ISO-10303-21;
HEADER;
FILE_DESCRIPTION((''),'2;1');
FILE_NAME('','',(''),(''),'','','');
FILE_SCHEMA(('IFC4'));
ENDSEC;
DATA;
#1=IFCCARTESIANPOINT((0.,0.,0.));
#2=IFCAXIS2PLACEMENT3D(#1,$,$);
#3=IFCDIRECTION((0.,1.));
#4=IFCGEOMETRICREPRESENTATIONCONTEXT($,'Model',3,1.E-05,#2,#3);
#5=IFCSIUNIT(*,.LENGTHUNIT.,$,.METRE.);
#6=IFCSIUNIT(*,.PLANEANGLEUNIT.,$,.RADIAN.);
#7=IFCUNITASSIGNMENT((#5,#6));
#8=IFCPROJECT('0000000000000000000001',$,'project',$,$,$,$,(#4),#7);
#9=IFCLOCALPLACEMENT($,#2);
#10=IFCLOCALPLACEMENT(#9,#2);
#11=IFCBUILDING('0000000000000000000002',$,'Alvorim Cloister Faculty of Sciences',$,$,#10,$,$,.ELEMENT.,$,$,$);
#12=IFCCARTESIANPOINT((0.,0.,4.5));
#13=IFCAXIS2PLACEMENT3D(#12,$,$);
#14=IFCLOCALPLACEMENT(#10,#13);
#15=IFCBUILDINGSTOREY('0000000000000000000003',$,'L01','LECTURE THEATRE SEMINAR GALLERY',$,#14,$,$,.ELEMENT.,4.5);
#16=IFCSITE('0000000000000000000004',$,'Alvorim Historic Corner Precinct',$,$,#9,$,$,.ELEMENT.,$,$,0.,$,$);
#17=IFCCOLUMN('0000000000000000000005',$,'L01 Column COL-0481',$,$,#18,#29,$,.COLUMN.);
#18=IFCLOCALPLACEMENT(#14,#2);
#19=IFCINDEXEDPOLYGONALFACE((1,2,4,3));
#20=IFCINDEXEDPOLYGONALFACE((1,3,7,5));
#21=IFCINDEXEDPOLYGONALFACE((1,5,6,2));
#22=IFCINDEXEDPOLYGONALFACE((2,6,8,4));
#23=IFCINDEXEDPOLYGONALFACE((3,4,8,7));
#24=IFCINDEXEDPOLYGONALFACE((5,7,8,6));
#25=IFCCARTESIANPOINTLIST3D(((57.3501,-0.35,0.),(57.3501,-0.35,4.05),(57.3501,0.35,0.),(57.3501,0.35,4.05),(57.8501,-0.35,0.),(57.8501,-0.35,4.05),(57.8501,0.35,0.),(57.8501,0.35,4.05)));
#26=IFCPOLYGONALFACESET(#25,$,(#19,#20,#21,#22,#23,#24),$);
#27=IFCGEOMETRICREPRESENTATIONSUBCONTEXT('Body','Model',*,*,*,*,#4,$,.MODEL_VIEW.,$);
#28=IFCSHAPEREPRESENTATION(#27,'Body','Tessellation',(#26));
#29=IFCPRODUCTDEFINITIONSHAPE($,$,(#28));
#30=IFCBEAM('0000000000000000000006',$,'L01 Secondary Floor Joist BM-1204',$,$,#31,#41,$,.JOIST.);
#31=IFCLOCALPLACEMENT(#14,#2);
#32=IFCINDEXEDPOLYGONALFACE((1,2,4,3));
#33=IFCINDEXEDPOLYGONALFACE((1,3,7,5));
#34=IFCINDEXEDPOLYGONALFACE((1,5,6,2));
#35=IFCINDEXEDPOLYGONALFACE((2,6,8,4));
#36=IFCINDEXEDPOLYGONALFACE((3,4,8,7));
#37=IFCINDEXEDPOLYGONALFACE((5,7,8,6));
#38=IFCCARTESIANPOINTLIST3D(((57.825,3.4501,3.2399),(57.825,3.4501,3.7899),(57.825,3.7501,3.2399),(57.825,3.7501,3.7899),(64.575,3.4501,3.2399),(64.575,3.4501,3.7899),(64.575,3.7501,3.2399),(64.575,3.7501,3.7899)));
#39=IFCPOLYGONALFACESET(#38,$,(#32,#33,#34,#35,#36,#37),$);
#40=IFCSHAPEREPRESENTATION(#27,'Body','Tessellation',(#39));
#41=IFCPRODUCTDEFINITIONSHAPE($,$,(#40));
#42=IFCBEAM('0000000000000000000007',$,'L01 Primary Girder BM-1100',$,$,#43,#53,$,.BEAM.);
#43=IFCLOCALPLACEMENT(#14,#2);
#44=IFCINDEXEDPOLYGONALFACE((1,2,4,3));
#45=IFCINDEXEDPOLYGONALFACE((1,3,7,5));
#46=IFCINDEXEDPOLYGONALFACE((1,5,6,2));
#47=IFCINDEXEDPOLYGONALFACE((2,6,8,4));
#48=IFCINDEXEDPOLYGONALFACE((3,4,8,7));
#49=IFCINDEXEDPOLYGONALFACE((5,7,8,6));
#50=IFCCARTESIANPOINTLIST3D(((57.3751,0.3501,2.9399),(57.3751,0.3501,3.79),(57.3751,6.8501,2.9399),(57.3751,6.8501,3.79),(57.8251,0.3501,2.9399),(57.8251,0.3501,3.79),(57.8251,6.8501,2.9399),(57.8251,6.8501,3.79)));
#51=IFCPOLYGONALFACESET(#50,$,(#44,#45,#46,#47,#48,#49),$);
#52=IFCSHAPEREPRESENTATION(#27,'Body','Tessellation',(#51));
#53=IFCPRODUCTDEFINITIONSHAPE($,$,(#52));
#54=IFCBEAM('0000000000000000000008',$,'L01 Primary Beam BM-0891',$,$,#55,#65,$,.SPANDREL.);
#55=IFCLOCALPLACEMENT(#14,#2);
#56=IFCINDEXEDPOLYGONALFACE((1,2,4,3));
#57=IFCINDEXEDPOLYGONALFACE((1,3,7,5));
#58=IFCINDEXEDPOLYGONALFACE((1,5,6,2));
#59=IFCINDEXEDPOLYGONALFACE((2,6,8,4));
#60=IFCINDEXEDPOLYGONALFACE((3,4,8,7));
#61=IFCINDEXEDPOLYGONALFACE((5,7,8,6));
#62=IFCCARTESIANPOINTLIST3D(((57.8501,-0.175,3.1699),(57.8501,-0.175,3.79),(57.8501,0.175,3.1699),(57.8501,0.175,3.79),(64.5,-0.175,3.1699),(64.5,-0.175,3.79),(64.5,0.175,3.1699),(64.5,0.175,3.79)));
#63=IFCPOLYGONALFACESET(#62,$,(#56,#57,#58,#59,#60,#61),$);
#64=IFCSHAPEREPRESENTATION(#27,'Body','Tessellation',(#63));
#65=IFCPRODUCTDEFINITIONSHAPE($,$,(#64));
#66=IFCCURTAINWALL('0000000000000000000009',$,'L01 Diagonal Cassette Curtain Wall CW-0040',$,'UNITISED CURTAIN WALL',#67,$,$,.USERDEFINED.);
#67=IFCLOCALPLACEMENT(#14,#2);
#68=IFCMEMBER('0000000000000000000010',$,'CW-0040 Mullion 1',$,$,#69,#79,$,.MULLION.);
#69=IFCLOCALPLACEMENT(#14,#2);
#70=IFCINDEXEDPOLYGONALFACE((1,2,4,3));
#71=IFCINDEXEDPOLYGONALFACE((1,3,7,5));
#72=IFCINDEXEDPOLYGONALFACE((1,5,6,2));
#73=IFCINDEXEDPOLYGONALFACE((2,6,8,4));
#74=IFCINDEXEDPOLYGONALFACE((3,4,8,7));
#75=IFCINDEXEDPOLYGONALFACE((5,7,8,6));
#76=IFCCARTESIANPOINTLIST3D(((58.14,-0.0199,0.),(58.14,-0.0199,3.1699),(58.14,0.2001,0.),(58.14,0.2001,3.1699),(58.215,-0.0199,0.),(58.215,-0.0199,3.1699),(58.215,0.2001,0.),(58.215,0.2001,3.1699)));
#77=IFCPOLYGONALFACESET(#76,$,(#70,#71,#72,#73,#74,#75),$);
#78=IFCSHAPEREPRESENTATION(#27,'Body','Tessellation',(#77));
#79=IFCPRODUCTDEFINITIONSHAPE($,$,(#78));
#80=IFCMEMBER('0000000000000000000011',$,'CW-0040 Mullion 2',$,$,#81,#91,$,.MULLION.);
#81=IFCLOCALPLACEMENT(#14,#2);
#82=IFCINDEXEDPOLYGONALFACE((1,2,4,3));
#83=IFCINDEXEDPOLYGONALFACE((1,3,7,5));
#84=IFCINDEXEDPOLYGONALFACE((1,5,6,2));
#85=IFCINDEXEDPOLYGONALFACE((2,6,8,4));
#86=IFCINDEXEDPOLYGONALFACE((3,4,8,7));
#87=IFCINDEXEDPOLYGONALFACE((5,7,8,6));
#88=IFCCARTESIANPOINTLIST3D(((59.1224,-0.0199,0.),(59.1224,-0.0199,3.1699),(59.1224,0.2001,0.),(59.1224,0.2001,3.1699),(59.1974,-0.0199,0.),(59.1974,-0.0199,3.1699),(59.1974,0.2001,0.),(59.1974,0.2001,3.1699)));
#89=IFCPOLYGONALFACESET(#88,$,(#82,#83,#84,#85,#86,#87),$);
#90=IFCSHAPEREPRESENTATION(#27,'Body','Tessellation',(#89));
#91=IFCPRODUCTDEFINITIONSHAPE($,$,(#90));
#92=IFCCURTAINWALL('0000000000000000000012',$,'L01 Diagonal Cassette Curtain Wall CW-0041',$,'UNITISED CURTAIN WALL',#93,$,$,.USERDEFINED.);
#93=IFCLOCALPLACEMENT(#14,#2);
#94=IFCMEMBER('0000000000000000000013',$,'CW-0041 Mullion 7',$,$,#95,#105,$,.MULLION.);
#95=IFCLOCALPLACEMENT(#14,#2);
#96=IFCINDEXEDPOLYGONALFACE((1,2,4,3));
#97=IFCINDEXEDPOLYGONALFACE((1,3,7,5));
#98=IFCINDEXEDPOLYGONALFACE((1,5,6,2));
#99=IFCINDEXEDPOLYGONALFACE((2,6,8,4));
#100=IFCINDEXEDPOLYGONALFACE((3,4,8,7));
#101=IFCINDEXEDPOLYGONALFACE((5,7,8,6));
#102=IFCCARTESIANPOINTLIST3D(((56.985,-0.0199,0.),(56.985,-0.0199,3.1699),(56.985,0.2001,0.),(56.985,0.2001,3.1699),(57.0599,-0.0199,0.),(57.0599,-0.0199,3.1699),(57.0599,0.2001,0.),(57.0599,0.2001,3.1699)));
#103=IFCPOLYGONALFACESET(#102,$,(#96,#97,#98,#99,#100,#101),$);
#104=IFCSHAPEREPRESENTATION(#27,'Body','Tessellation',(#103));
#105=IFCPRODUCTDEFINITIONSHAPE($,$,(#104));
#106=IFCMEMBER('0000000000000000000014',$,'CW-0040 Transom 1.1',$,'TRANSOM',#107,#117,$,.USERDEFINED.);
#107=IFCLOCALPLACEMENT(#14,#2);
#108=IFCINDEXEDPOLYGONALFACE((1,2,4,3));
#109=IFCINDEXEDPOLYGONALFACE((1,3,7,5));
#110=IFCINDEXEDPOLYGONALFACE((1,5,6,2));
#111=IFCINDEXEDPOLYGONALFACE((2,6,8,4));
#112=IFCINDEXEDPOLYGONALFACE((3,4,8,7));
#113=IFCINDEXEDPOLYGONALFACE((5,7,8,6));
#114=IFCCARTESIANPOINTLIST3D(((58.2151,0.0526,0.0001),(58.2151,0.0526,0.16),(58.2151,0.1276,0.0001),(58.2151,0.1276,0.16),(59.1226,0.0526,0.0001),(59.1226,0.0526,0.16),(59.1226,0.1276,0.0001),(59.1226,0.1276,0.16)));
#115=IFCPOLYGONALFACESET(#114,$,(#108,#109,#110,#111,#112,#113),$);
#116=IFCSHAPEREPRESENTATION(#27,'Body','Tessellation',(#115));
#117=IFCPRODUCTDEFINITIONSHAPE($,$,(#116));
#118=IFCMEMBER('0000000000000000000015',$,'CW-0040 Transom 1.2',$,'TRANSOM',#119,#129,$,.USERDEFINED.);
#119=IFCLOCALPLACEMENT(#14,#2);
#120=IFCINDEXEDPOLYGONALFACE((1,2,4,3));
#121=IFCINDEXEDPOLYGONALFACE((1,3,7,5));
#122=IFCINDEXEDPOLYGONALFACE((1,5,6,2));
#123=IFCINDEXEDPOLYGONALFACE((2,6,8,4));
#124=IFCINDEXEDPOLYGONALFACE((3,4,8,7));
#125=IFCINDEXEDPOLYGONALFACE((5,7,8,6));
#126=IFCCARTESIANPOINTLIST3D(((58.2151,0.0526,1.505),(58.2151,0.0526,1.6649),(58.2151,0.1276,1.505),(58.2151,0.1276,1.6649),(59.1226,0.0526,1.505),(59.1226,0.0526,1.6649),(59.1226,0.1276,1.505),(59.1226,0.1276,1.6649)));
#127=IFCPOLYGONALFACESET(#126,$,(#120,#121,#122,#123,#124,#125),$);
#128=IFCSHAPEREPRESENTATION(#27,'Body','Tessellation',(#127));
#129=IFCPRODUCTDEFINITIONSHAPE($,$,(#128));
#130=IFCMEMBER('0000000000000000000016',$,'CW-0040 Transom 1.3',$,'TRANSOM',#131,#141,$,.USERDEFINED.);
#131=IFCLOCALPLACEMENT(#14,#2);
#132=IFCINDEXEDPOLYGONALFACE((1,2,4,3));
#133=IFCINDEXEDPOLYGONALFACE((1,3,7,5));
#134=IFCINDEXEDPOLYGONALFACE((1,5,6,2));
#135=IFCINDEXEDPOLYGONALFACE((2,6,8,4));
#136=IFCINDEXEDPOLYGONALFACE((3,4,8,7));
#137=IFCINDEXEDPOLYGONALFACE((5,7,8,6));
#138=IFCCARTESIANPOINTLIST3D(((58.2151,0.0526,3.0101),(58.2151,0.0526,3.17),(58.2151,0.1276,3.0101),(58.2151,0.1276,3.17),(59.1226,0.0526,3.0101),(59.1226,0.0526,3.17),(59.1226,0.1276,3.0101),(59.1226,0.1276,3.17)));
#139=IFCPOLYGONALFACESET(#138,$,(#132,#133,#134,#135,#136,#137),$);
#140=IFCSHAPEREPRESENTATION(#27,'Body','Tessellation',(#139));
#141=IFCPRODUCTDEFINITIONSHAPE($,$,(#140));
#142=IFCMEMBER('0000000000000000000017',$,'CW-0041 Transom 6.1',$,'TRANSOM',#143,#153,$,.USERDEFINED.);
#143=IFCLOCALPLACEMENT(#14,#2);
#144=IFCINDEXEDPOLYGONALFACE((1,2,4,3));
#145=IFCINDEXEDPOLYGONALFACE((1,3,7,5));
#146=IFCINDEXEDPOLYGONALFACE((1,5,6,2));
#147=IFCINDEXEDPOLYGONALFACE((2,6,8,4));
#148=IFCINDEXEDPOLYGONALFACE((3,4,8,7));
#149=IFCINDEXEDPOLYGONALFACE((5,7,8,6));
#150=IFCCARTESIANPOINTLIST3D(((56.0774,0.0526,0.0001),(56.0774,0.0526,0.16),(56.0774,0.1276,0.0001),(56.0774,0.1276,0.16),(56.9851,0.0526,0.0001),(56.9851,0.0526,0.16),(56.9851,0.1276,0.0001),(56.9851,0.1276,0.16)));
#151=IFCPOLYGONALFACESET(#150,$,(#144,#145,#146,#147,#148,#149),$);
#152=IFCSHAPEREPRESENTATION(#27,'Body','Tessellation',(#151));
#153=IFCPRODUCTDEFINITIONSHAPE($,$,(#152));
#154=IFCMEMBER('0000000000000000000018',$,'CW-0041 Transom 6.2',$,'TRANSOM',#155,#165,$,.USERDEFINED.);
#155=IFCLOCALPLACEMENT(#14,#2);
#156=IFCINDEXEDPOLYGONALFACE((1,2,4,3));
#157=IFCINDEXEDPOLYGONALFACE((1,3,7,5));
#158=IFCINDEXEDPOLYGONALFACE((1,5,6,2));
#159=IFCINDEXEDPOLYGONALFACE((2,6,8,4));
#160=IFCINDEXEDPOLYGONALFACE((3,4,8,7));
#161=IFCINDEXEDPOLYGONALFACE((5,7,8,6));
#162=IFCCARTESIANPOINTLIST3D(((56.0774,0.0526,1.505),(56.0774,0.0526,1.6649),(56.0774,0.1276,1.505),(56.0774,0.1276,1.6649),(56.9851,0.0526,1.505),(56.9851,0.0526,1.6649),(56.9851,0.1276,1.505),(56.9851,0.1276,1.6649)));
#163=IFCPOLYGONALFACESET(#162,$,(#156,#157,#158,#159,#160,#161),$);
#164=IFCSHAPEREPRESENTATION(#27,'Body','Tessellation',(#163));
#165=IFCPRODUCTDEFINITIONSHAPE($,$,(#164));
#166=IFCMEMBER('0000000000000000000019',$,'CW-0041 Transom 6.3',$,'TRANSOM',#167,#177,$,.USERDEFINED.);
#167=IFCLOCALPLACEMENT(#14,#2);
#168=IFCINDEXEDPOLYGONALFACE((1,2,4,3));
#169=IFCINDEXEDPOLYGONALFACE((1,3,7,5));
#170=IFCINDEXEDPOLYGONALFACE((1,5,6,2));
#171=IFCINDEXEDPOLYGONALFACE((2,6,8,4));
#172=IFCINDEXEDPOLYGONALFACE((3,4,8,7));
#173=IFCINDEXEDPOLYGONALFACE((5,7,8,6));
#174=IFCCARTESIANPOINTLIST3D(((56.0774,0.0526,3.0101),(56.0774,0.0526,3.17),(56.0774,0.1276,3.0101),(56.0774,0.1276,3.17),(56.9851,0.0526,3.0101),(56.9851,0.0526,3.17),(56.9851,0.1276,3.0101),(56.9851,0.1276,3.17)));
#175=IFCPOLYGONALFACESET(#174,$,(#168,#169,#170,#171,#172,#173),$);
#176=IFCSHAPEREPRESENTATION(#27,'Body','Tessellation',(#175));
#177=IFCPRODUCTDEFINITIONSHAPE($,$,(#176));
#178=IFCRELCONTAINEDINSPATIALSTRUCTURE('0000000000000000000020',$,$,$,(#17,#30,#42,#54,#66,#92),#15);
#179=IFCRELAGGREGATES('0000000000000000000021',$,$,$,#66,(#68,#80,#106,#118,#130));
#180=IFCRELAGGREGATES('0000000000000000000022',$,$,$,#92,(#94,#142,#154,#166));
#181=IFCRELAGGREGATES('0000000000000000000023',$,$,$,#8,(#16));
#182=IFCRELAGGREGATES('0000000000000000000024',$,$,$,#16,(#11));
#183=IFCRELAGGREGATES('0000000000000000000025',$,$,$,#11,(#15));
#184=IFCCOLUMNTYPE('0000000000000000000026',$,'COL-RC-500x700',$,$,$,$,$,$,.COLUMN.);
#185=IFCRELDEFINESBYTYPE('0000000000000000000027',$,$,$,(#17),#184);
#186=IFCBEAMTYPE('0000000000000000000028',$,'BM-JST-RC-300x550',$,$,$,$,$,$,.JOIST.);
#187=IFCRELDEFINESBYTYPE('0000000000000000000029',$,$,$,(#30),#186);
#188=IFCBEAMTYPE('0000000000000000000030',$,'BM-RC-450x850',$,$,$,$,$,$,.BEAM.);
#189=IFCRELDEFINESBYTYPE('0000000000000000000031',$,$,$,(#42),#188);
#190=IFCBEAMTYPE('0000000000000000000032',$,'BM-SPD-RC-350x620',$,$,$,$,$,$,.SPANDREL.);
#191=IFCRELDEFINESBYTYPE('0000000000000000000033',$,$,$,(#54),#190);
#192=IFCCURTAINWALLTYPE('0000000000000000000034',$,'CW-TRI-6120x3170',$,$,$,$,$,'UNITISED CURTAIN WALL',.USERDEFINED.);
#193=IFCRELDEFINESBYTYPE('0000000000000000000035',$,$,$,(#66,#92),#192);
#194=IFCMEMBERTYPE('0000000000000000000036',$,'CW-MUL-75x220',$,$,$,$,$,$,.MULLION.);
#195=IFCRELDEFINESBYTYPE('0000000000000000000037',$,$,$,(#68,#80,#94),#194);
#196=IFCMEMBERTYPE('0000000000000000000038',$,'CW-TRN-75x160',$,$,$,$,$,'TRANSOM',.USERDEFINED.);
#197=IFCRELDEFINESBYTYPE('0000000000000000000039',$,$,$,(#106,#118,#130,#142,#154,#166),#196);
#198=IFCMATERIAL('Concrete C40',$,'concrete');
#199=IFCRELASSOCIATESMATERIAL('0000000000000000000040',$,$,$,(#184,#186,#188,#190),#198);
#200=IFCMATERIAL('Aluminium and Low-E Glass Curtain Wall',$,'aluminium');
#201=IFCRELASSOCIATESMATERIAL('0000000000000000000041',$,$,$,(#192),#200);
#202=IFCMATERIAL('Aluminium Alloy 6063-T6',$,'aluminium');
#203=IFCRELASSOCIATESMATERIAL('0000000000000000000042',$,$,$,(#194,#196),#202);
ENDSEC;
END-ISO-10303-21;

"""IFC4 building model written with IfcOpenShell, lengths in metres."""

from ifc_helpers import new_model, si_unit, direction, frame, origin, origin_2d, place, context, subcontext, project, spatial, rectangle, extrude, material, material_profile, profile_set, type_object, element, aggregate, save


model = new_model("IFC4")

# Units and contexts
model_context = context("Model", 3, precision=1e-05, world=origin(), true_north=direction((0.0, 1.0)))
body_context = subcontext(model_context, "Body", "Model", "MODEL_VIEW")
ifc_project = project(units=[si_unit("LENGTHUNIT", "METRE"), si_unit("PLANEANGLEUNIT", "RADIAN")], contexts=[model_context])

# Site, building, storey
site_placement = place(None, origin())
site = spatial("IfcSite", under=ifc_project, at=site_placement, Name="Alvorim Historic Corner Precinct", CompositionType="ELEMENT", RefElevation=0.0)
building_placement = place(site_placement, origin())
building = spatial("IfcBuilding", under=site, at=building_placement, Name="Alvorim Cloister Faculty of Sciences", CompositionType="ELEMENT")
storey_placement = place(building_placement, frame((0.0, 0.0, 4.5)))
storey = spatial("IfcBuildingStorey", under=building, at=storey_placement, Name="L01", Description="LECTURE THEATRE SEMINAR GALLERY", CompositionType="ELEMENT", Elevation=4.5)

# Column
ifc_material_1 = material(Name="Concrete C40", Category="concrete")
ifc_material_profile_1 = material_profile(ifc_material_1, rectangle(XDim=0.5, YDim=0.7, at=origin_2d()), Name="RC40-COL-500x700")
ifc_profile_set_1 = profile_set([ifc_material_profile_1], Name="Concrete C40")
column_type = type_object("IfcColumnType", Name="COL-RC-500x700", PredefinedType="COLUMN", material=ifc_profile_set_1)
column_placement = place(storey_placement, frame((57.6001, 0.0, 0.0), z_axis=(0.0, 0.0, 1.0), x_axis=(1.0, 0.0, 0.0)))
element("IfcColumn", 1, at=column_placement, inside=storey, type_object=column_type, Name="L01 Column COL-0481", PredefinedType="COLUMN", context=body_context, shape_type="SweptSolid", body=[
    extrude(rectangle(XDim=0.5, YDim=0.7, at=origin_2d()), origin(), (0.0, 0.0, 1.0), 4.05),
])

# Beams
ifc_material_profile_2 = material_profile(ifc_material_1, rectangle(XDim=0.3, YDim=0.55, at=origin_2d()), Name="RC40-JST-300x550")
ifc_profile_set_2 = profile_set([ifc_material_profile_2], Name="Concrete C40")
beam_type_1 = type_object("IfcBeamType", Name="BM-JST-RC-300x550", PredefinedType="JOIST", material=ifc_profile_set_2)
beam_1_placement = place(storey_placement, frame((57.825, 3.6001, 3.5149), z_axis=(1.0, 0.0, 0.0), x_axis=(0.0, 1.0, 0.0)))
element("IfcBeam", 2, at=beam_1_placement, inside=storey, type_object=beam_type_1, Name="L01 Secondary Floor Joist BM-1204", PredefinedType="JOIST", context=body_context, shape_type="SweptSolid", body=[
    extrude(rectangle(XDim=0.3, YDim=0.55, at=origin_2d()), origin(), (0.0, 0.0, 1.0), 6.75),
])
ifc_material_profile_3 = material_profile(ifc_material_1, rectangle(XDim=0.45, YDim=0.8501, at=origin_2d()), Name="RC40-BM-450x850")
ifc_profile_set_3 = profile_set([ifc_material_profile_3], Name="Concrete C40")
beam_type_2 = type_object("IfcBeamType", Name="BM-RC-450x850", PredefinedType="BEAM", material=ifc_profile_set_3)
beam_2_placement = place(storey_placement, frame((57.6001, 0.3501, 3.365), z_axis=(0.0, 1.0, 0.0), x_axis=(-1.0, 0.0, 0.0)))
element("IfcBeam", 3, at=beam_2_placement, inside=storey, type_object=beam_type_2, Name="L01 Primary Girder BM-1100", PredefinedType="BEAM", context=body_context, shape_type="SweptSolid", body=[
    extrude(rectangle(XDim=0.45, YDim=0.8501, at=origin_2d()), origin(), (0.0, 0.0, 1.0), 6.5),
])
ifc_material_profile_4 = material_profile(ifc_material_1, rectangle(XDim=0.3501, YDim=0.6201, at=origin_2d()), Name="RC40-SPD-350x620")
ifc_profile_set_4 = profile_set([ifc_material_profile_4], Name="Concrete C40")
beam_type_3 = type_object("IfcBeamType", Name="BM-SPD-RC-350x620", PredefinedType="SPANDREL", material=ifc_profile_set_4)
beam_3_placement = place(storey_placement, frame((57.8501, 0.0, 3.48), z_axis=(1.0, 0.0, 0.0), x_axis=(0.0, 1.0, 0.0)))
element("IfcBeam", 4, at=beam_3_placement, inside=storey, type_object=beam_type_3, Name="L01 Primary Beam BM-0891", PredefinedType="SPANDREL", context=body_context, shape_type="SweptSolid", body=[
    extrude(rectangle(XDim=0.3501, YDim=0.6201, at=origin_2d()), origin(), (0.0, 0.0, 1.0), 6.6499),
])

# Curtain wall, members
ifc_material_2 = material(Name="Aluminium and Low-E Glass Curtain Wall", Category="aluminium")
curtain_wall_type = type_object("IfcCurtainWallType", Name="CW-TRI-6120x3170", ElementType="UNITISED CURTAIN WALL", PredefinedType="USERDEFINED", material=ifc_material_2)
curtain_wall_1_placement = place(storey_placement, origin())
curtain_wall_1 = element("IfcCurtainWall", 5, at=curtain_wall_1_placement, inside=storey, type_object=curtain_wall_type, Name="L01 Diagonal Cassette Curtain Wall CW-0040", ObjectType="UNITISED CURTAIN WALL", PredefinedType="USERDEFINED")
ifc_material_3 = material(Name="Aluminium Alloy 6063-T6", Category="aluminium")
ifc_material_profile_5 = material_profile(ifc_material_3, rectangle(XDim=0.075, YDim=0.22, at=origin_2d()), Name="ALU-MUL-75x220")
ifc_profile_set_5 = profile_set([ifc_material_profile_5], Name="Aluminium Alloy 6063-T6")
member_type_1 = type_object("IfcMemberType", Name="CW-MUL-75x220", PredefinedType="MULLION", material=ifc_profile_set_5)
member_1_placement = place(storey_placement, frame((58.1775, 0.0901, 0.0), z_axis=(0.0, 0.0, 1.0), x_axis=(1.0, 0.0, 0.0)))
member_1 = element("IfcMember", 6, at=member_1_placement, type_object=member_type_1, Name="CW-0040 Mullion 1", PredefinedType="MULLION", context=body_context, shape_type="SweptSolid", body=[
    extrude(rectangle(XDim=0.075, YDim=0.22, at=origin_2d()), origin(), (0.0, 0.0, 1.0), 3.1699),
])
member_2_placement = place(storey_placement, frame((59.1599, 0.0901, 0.0), z_axis=(0.0, 0.0, 1.0), x_axis=(1.0, 0.0, 0.0)))
member_2 = element("IfcMember", 7, at=member_2_placement, type_object=member_type_1, Name="CW-0040 Mullion 2", PredefinedType="MULLION", context=body_context, shape_type="SweptSolid", body=[
    extrude(rectangle(XDim=0.075, YDim=0.22, at=origin_2d()), origin(), (0.0, 0.0, 1.0), 3.1699),
])

# Curtain wall, member
curtain_wall_2_placement = place(storey_placement, origin())
curtain_wall_2 = element("IfcCurtainWall", 8, at=curtain_wall_2_placement, inside=storey, type_object=curtain_wall_type, Name="L01 Diagonal Cassette Curtain Wall CW-0041", ObjectType="UNITISED CURTAIN WALL", PredefinedType="USERDEFINED")
member_3_placement = place(storey_placement, frame((57.0225, 0.0901, 0.0), z_axis=(0.0, 0.0, 1.0), x_axis=(1.0, 0.0, 0.0)))
member_3 = element("IfcMember", 9, at=member_3_placement, type_object=member_type_1, Name="CW-0041 Mullion 7", PredefinedType="MULLION", context=body_context, shape_type="SweptSolid", body=[
    extrude(rectangle(XDim=0.075, YDim=0.22, at=origin_2d()), origin(), (0.0, 0.0, 1.0), 3.1699),
])

# Members
ifc_material_profile_6 = material_profile(ifc_material_3, rectangle(XDim=0.075, YDim=0.1599, at=origin_2d()), Name="ALU-TRN-75x160")
ifc_profile_set_6 = profile_set([ifc_material_profile_6], Name="Aluminium Alloy 6063-T6")
member_type_2 = type_object("IfcMemberType", Name="CW-TRN-75x160", ElementType="TRANSOM", PredefinedType="USERDEFINED", material=ifc_profile_set_6)
member_4_placement = place(storey_placement, frame((58.2151, 0.0901, 0.0801), z_axis=(1.0, 0.0, 0.0), x_axis=(0.0, 1.0, 0.0)))
member_4 = element("IfcMember", 10, at=member_4_placement, type_object=member_type_2, Name="CW-0040 Transom 1.1", ObjectType="TRANSOM", PredefinedType="USERDEFINED", context=body_context, shape_type="SweptSolid", body=[
    extrude(rectangle(XDim=0.075, YDim=0.1599, at=origin_2d()), origin(), (0.0, 0.0, 1.0), 0.9075),
])
member_5_placement = place(storey_placement, frame((58.2151, 0.0901, 1.585), z_axis=(1.0, 0.0, 0.0), x_axis=(0.0, 1.0, 0.0)))
member_5 = element("IfcMember", 11, at=member_5_placement, type_object=member_type_2, Name="CW-0040 Transom 1.2", ObjectType="TRANSOM", PredefinedType="USERDEFINED", context=body_context, shape_type="SweptSolid", body=[
    extrude(rectangle(XDim=0.075, YDim=0.1599, at=origin_2d()), origin(), (0.0, 0.0, 1.0), 0.9075),
])
member_6_placement = place(storey_placement, frame((58.2151, 0.0901, 3.0901), z_axis=(1.0, 0.0, 0.0), x_axis=(0.0, 1.0, 0.0)))
member_6 = element("IfcMember", 12, at=member_6_placement, type_object=member_type_2, Name="CW-0040 Transom 1.3", ObjectType="TRANSOM", PredefinedType="USERDEFINED", context=body_context, shape_type="SweptSolid", body=[
    extrude(rectangle(XDim=0.075, YDim=0.1599, at=origin_2d()), origin(), (0.0, 0.0, 1.0), 0.9075),
])
member_7_placement = place(storey_placement, frame((56.0774, 0.0901, 0.0801), z_axis=(1.0, 0.0, 0.0), x_axis=(0.0, 1.0, 0.0)))
member_7 = element("IfcMember", 13, at=member_7_placement, type_object=member_type_2, Name="CW-0041 Transom 6.1", ObjectType="TRANSOM", PredefinedType="USERDEFINED", context=body_context, shape_type="SweptSolid", body=[
    extrude(rectangle(XDim=0.075, YDim=0.1599, at=origin_2d()), origin(), (0.0, 0.0, 1.0), 0.9077),
])
member_8_placement = place(storey_placement, frame((56.0774, 0.0901, 1.585), z_axis=(1.0, 0.0, 0.0), x_axis=(0.0, 1.0, 0.0)))
member_8 = element("IfcMember", 14, at=member_8_placement, type_object=member_type_2, Name="CW-0041 Transom 6.2", ObjectType="TRANSOM", PredefinedType="USERDEFINED", context=body_context, shape_type="SweptSolid", body=[
    extrude(rectangle(XDim=0.075, YDim=0.1599, at=origin_2d()), origin(), (0.0, 0.0, 1.0), 0.9077),
])
member_9_placement = place(storey_placement, frame((56.0774, 0.0901, 3.0901), z_axis=(1.0, 0.0, 0.0), x_axis=(0.0, 1.0, 0.0)))
member_9 = element("IfcMember", 15, at=member_9_placement, type_object=member_type_2, Name="CW-0041 Transom 6.3", ObjectType="TRANSOM", PredefinedType="USERDEFINED", context=body_context, shape_type="SweptSolid", body=[
    extrude(rectangle(XDim=0.075, YDim=0.1599, at=origin_2d()), origin(), (0.0, 0.0, 1.0), 0.9077),
])

aggregate(curtain_wall_1, [member_1, member_2, member_4, member_5, member_6])
aggregate(curtain_wall_2, [member_3, member_7, member_8, member_9])

save(model, "model.ifc")
